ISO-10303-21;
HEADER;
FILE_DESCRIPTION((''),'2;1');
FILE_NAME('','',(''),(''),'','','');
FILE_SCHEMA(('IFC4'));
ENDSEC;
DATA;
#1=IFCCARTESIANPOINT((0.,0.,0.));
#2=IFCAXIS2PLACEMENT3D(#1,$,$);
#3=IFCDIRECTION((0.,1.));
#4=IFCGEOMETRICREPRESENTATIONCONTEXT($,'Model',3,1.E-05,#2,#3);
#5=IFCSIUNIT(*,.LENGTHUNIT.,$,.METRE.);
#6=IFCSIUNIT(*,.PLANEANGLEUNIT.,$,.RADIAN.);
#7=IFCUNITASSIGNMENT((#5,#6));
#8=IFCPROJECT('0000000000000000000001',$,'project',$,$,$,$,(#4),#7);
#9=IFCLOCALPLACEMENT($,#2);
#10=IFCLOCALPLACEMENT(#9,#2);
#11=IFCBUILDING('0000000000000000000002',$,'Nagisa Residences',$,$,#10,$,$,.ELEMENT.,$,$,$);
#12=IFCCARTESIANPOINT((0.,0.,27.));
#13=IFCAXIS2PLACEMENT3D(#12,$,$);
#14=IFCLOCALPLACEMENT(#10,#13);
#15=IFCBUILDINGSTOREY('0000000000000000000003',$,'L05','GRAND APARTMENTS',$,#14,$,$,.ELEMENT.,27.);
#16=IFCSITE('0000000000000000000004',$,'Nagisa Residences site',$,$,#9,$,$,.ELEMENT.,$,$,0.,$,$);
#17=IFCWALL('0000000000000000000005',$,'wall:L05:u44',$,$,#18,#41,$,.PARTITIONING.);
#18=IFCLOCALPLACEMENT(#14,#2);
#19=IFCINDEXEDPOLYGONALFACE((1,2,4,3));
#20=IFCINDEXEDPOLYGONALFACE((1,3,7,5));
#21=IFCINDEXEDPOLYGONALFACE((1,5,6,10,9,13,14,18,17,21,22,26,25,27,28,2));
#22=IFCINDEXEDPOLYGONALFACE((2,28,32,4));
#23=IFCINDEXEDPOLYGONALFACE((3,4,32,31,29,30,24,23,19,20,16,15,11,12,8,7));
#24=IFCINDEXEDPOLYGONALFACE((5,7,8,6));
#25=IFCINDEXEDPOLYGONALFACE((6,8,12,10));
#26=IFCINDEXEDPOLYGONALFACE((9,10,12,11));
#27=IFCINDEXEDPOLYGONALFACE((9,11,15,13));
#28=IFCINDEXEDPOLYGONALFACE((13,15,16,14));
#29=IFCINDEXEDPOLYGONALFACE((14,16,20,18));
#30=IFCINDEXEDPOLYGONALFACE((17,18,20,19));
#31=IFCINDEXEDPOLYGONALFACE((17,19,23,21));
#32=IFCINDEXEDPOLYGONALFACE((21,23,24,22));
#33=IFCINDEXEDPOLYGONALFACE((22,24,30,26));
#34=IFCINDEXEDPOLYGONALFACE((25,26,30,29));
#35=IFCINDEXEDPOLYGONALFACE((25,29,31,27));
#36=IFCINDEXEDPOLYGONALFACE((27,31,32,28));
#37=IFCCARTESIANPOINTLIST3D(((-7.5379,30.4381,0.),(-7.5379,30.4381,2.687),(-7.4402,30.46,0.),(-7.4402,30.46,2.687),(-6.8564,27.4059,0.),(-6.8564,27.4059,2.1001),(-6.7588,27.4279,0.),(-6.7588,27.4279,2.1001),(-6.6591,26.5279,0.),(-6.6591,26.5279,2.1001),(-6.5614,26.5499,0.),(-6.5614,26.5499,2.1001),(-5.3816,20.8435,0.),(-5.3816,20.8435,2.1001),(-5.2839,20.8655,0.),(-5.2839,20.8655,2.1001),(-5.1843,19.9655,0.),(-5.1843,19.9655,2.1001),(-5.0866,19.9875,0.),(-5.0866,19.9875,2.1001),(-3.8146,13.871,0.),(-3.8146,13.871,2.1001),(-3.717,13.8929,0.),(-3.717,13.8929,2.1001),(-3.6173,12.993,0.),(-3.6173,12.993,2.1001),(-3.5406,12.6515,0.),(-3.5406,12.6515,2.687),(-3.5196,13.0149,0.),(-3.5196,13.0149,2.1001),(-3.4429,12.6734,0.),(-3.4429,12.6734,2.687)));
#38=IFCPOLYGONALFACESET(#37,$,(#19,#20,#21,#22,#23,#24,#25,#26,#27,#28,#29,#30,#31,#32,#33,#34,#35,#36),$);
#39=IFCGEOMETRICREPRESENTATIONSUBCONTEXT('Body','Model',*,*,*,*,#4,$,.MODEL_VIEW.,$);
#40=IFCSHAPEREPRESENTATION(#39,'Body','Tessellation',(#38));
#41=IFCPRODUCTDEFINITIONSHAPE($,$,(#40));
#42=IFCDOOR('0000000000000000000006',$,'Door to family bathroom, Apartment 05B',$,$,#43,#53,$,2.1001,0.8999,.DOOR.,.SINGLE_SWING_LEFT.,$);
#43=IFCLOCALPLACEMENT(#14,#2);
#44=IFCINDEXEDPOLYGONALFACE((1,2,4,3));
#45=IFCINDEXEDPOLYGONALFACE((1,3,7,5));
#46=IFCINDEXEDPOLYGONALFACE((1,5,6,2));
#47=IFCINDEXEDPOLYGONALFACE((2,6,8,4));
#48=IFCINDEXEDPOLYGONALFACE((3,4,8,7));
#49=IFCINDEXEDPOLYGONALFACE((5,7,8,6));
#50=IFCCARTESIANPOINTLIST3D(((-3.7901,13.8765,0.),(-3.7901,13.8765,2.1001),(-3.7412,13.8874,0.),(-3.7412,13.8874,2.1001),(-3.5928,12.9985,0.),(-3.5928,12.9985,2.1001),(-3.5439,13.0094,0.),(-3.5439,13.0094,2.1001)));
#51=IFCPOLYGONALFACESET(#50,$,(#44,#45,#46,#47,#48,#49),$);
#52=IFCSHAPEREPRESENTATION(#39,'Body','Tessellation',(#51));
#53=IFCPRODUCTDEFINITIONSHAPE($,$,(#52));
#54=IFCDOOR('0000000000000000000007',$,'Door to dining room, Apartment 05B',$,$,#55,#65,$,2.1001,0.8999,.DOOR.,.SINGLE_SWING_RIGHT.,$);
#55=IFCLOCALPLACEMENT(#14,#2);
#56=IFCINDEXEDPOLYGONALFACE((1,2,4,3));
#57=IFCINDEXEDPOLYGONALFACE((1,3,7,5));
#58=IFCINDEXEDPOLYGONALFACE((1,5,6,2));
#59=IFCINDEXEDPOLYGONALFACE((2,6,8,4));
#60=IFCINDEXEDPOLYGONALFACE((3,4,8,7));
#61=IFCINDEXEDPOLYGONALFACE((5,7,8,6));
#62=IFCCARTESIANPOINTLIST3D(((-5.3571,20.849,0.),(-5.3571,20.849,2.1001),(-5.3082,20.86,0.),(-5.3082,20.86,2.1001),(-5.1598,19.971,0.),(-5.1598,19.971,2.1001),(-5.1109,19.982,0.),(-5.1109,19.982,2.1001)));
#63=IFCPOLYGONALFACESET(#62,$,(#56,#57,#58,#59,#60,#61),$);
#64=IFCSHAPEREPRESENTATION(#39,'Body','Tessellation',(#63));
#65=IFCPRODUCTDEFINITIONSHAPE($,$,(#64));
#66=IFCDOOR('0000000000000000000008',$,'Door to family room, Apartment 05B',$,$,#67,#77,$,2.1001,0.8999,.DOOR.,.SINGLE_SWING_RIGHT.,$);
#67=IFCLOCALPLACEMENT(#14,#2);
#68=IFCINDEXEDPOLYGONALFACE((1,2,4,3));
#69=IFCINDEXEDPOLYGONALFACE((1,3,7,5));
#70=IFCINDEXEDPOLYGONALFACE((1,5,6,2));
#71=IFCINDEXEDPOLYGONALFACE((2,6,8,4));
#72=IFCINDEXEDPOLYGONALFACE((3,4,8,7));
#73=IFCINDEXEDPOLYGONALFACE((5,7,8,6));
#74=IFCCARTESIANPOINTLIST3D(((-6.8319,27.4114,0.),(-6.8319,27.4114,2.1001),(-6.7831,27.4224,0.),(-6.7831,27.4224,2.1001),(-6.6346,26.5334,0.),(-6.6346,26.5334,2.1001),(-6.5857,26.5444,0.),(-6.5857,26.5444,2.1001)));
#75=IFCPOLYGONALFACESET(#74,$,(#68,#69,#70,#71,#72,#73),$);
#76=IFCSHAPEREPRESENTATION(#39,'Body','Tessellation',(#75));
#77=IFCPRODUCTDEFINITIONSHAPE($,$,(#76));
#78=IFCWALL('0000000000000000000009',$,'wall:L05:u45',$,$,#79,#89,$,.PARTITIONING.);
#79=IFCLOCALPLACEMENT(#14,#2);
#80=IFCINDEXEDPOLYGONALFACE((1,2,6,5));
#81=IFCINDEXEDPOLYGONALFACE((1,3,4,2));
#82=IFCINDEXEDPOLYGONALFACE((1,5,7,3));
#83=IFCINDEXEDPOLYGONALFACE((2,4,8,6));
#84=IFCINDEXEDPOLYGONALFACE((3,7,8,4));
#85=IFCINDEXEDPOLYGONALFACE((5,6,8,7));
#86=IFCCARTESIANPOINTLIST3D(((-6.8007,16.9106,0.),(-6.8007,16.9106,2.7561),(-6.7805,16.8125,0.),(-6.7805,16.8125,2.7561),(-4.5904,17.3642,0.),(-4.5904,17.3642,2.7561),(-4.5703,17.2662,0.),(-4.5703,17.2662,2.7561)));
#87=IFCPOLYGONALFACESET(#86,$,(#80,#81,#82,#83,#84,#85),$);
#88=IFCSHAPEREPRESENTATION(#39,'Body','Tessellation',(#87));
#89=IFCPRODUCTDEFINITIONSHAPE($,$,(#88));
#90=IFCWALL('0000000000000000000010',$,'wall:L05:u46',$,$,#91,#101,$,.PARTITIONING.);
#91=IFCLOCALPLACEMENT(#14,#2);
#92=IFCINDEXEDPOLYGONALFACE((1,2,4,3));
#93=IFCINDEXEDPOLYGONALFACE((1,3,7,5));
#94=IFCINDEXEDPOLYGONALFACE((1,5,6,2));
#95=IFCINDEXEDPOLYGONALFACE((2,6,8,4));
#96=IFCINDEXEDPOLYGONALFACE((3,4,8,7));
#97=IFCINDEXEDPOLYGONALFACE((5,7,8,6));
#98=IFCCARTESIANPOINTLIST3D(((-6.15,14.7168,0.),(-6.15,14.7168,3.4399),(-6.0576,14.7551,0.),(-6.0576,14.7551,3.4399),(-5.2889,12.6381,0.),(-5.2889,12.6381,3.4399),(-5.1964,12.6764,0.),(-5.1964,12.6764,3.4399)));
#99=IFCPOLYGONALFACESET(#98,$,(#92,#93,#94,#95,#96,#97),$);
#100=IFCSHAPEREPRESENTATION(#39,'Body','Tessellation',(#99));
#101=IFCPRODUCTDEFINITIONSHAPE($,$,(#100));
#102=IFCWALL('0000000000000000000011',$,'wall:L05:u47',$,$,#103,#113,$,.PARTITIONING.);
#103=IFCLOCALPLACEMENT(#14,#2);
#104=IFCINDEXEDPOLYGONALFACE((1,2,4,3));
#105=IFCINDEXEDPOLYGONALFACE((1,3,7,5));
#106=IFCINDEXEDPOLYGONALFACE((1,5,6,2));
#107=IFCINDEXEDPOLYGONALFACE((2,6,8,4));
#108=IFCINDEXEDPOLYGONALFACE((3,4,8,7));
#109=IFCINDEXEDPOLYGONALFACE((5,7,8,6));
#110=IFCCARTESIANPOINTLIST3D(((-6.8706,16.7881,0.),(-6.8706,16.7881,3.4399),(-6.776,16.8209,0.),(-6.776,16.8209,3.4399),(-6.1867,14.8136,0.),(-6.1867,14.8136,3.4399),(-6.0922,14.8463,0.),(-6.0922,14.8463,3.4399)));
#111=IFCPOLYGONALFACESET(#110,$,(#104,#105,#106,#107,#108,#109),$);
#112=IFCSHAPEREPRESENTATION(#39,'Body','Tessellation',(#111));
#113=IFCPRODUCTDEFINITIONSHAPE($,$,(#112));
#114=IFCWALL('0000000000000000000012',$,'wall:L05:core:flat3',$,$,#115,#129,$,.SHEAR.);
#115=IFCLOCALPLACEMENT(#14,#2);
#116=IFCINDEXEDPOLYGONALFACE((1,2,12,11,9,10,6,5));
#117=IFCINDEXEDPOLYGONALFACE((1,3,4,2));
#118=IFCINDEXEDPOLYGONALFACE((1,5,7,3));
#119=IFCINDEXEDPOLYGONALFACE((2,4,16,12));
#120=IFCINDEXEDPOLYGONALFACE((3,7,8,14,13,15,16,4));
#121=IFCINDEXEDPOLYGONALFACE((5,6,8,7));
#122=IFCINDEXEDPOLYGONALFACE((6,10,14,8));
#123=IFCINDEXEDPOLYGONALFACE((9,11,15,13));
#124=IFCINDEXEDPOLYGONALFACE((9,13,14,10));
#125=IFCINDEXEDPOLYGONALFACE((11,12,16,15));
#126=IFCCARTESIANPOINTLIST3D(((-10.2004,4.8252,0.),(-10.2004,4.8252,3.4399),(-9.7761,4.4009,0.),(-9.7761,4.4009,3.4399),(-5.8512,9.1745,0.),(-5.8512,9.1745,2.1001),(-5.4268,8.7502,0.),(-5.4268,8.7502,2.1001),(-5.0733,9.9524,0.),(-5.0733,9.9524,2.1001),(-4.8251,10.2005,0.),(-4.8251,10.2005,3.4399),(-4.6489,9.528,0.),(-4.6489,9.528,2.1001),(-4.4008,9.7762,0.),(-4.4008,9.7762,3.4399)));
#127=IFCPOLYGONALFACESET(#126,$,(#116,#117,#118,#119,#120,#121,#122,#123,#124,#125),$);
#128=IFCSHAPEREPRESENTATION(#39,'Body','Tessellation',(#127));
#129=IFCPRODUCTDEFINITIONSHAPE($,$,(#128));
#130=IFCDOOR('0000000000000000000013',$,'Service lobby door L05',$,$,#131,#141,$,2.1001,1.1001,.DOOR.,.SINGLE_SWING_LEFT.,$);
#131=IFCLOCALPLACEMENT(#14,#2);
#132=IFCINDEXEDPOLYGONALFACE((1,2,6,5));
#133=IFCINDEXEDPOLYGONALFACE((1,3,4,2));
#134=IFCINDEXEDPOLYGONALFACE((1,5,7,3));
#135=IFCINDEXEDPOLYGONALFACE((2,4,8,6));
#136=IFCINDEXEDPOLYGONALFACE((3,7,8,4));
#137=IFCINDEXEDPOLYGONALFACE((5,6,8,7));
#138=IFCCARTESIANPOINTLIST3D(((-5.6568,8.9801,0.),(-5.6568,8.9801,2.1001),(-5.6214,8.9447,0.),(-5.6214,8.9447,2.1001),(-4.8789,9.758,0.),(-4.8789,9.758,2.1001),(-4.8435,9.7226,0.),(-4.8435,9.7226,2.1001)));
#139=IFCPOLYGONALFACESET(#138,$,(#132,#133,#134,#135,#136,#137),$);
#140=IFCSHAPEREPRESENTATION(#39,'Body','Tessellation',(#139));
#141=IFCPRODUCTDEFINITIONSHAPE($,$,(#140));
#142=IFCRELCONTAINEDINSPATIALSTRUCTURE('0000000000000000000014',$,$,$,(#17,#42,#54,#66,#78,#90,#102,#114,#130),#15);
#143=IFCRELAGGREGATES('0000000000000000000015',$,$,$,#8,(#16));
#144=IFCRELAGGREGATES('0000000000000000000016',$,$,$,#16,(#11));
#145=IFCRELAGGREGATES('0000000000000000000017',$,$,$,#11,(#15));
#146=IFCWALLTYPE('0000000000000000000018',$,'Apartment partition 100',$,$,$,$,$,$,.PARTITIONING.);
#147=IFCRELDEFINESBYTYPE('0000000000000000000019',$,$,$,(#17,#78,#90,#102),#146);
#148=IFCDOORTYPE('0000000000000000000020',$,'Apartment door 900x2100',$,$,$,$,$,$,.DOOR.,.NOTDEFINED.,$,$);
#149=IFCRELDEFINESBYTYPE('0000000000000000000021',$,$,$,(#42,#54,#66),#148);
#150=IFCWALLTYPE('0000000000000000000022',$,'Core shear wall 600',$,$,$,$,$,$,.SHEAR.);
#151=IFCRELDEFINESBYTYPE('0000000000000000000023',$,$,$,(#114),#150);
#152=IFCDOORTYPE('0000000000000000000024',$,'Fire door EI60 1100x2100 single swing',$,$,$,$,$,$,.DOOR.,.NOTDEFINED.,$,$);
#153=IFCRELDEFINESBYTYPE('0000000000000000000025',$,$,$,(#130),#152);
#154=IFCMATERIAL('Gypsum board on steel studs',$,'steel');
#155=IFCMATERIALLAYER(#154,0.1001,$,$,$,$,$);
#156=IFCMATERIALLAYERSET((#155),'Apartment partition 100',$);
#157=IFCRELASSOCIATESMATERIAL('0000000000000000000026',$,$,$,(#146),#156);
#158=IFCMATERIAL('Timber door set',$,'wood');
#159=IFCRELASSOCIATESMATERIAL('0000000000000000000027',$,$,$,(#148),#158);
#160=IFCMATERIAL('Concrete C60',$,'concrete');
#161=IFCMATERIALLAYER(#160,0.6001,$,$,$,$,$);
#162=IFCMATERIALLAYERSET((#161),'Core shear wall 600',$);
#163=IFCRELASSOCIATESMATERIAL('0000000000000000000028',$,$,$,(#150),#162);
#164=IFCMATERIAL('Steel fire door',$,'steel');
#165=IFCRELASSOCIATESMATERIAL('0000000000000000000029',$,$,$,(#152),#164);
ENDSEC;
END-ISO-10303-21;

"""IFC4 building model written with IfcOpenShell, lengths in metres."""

from ifc_helpers import new_model, si_unit, direction, frame, frame_2d, origin, place, context, subcontext, project, spatial, rectangle, extrude, material, layer, layer_set, type_object, element, fill, save


model = new_model("IFC4")

# Units and contexts
model_context = context("Model", 3, precision=1e-05, world=origin(), true_north=direction((0.0, 1.0)))
body_context = subcontext(model_context, "Body", "Model", "MODEL_VIEW")
ifc_project = project(units=[si_unit("LENGTHUNIT", "METRE"), si_unit("PLANEANGLEUNIT", "RADIAN")], contexts=[model_context])

# Site, building, storey
site_placement = place(None, origin())
site = spatial("IfcSite", under=ifc_project, at=site_placement, Name="Nagisa Residences site", CompositionType="ELEMENT", RefElevation=0.0)
building_placement = place(site_placement, origin())
building = spatial("IfcBuilding", under=site, at=building_placement, Name="Nagisa Residences", CompositionType="ELEMENT")
storey_placement = place(building_placement, frame((0.0, 0.0, 27.0)))
storey = spatial("IfcBuildingStorey", under=building, at=storey_placement, Name="L05", Description="GRAND APARTMENTS", CompositionType="ELEMENT", Elevation=27.0)

# Shared definitions
ifc_material_1 = material(Name="Gypsum board on steel studs", Category="steel")
ifc_layer_1 = layer(ifc_material_1, 0.1001)
ifc_layer_set_1 = layer_set([ifc_layer_1], Name="Apartment partition 100")
wall_type_1 = type_object("IfcWallType", Name="Apartment partition 100", PredefinedType="PARTITIONING", material=ifc_layer_set_1)

# Shared definitions
ifc_material_2 = material(Name="Timber door set", Category="wood")
door_type_1 = type_object("IfcDoorType", Name="Apartment door 900x2100", OperationType="NOTDEFINED", PredefinedType="DOOR", material=ifc_material_2)

# Wall, openings, doors
wall_1_placement = place(storey_placement, frame((-3.4917, 12.6624, 0.0), z_axis=(0.0, 0.0, 1.0), x_axis=(-0.219268, 0.975665, 0.0)))
wall_1 = element("IfcWall", 1, at=wall_1_placement, inside=storey, type_object=wall_type_1, Name="wall:L05:u44", PredefinedType="PARTITIONING", context=body_context, shape_type="SweptSolid", body=[
    extrude(rectangle(XDim=18.2302, YDim=0.1001, at=frame_2d((9.1152, 0.0))), origin(), (0.0, 0.0, 1.0), 2.687),
])
opening_1_placement = place(wall_1_placement, frame((0.3501, 0.0, 0.0)))
opening_1 = element("IfcOpeningElement", 2, at=opening_1_placement, cuts=wall_1, PredefinedType="OPENING", context=body_context, shape_type="SweptSolid", body=[
    extrude(rectangle(XDim=0.8999, YDim=2.1001, at=frame_2d((0.45, 1.05))), frame((0.0, 0.0601, 0.0), z_axis=(0.0, -1.0, 0.0), x_axis=(1.0, 0.0, 0.0)), (0.0, 0.0, 1.0), 0.1201),
])
opening_2_placement = place(wall_1_placement, frame((7.4966, 0.0, 0.0)))
opening_2 = element("IfcOpeningElement", 3, at=opening_2_placement, cuts=wall_1, PredefinedType="OPENING", context=body_context, shape_type="SweptSolid", body=[
    extrude(rectangle(XDim=0.8999, YDim=2.1001, at=frame_2d((0.45, 1.05))), frame((0.0, 0.0601, 0.0), z_axis=(0.0, -1.0, 0.0), x_axis=(1.0, 0.0, 0.0)), (0.0, 0.0, 1.0), 0.1201),
])
opening_3_placement = place(wall_1_placement, frame((14.2227, 0.0, 0.0)))
opening_3 = element("IfcOpeningElement", 4, at=opening_3_placement, cuts=wall_1, PredefinedType="OPENING", context=body_context, shape_type="SweptSolid", body=[
    extrude(rectangle(XDim=0.8999, YDim=2.1001, at=frame_2d((0.45, 1.05))), frame((0.0, 0.0601, 0.0), z_axis=(0.0, -1.0, 0.0), x_axis=(1.0, 0.0, 0.0)), (0.0, 0.0, 1.0), 0.1201),
])
door_1_placement = place(opening_1_placement, origin())
door_1 = element("IfcDoor", 5, at=door_1_placement, inside=storey, type_object=door_type_1, Name="Door to family bathroom, Apartment 05B", OperationType="SINGLE_SWING_LEFT", OverallHeight=2.1001, OverallWidth=0.8999, PredefinedType="DOOR", context=body_context, shape_type="SweptSolid", body=[
    extrude(rectangle(XDim=0.8999, YDim=2.1001, at=frame_2d((0.45, 1.05))), frame((0.0, 0.0249, 0.0), z_axis=(0.0, -1.0, 0.0), x_axis=(1.0, 0.0, 0.0)), (0.0, 0.0, 1.0), 0.05),
])
fill(opening_1, door_1)
door_2_placement = place(opening_2_placement, origin())
door_2 = element("IfcDoor", 6, at=door_2_placement, inside=storey, type_object=door_type_1, Name="Door to dining room, Apartment 05B", OperationType="SINGLE_SWING_RIGHT", OverallHeight=2.1001, OverallWidth=0.8999, PredefinedType="DOOR", context=body_context, shape_type="SweptSolid", body=[
    extrude(rectangle(XDim=0.8999, YDim=2.1001, at=frame_2d((0.45, 1.05))), frame((0.0, 0.0249, 0.0), z_axis=(0.0, -1.0, 0.0), x_axis=(1.0, 0.0, 0.0)), (0.0, 0.0, 1.0), 0.05),
])
fill(opening_2, door_2)
door_3_placement = place(opening_3_placement, origin())
door_3 = element("IfcDoor", 7, at=door_3_placement, inside=storey, type_object=door_type_1, Name="Door to family room, Apartment 05B", OperationType="SINGLE_SWING_RIGHT", OverallHeight=2.1001, OverallWidth=0.8999, PredefinedType="DOOR", context=body_context, shape_type="SweptSolid", body=[
    extrude(rectangle(XDim=0.8999, YDim=2.1001, at=frame_2d((0.45, 1.05))), frame((0.0, 0.0249, 0.0), z_axis=(0.0, -1.0, 0.0), x_axis=(1.0, 0.0, 0.0)), (0.0, 0.0, 1.0), 0.05),
])
fill(opening_3, door_3)

# Walls
wall_2_placement = place(storey_placement, frame((-4.5803, 17.3152, 0.0), z_axis=(0.0, 0.0, 1.0), x_axis=(-0.979582, -0.201045, 0.0)))
element("IfcWall", 8, at=wall_2_placement, inside=storey, type_object=wall_type_1, Name="wall:L05:u45", PredefinedType="PARTITIONING", context=body_context, shape_type="SweptSolid", body=[
    extrude(rectangle(XDim=2.2563, YDim=0.1001, at=frame_2d((1.1282, 0.0))), origin(), (0.0, 0.0, 1.0), 2.7561),
])
wall_3_placement = place(storey_placement, frame((-5.2427, 12.6572, 0.0), z_axis=(0.0, 0.0, 1.0), x_axis=(-0.382719, 0.923865, 0.0)))
element("IfcWall", 9, at=wall_3_placement, inside=storey, type_object=wall_type_1, Name="wall:L05:u46", PredefinedType="PARTITIONING", context=body_context, shape_type="SweptSolid", body=[
    extrude(rectangle(XDim=2.25, YDim=0.1001, at=frame_2d((1.125, 0.0))), origin(), (0.0, 0.0, 1.0), 3.4399),
])
wall_4_placement = place(storey_placement, frame((-6.1394, 14.8298, 0.0), z_axis=(0.0, 0.0, 1.0), x_axis=(-0.327247, 0.944939, 0.0)))
element("IfcWall", 10, at=wall_4_placement, inside=storey, type_object=wall_type_1, Name="wall:L05:u47", PredefinedType="PARTITIONING", context=body_context, shape_type="SweptSolid", body=[
    extrude(rectangle(XDim=2.0896, YDim=0.1001, at=frame_2d((1.0449, 0.0))), origin(), (0.0, 0.0, 1.0), 3.4399),
])

# Wall, opening, door
ifc_material_3 = material(Name="Concrete C60", Category="concrete")
ifc_layer_2 = layer(ifc_material_3, 0.6001)
ifc_layer_set_2 = layer_set([ifc_layer_2], Name="Core shear wall 600")
wall_type_2 = type_object("IfcWallType", Name="Core shear wall 600", PredefinedType="SHEAR", material=ifc_layer_set_2)
wall_5_placement = place(storey_placement, frame((-4.613, 9.9883, 0.0), z_axis=(0.0, 0.0, 1.0), x_axis=(-0.707107, -0.707107, 0.0)))
wall_5 = element("IfcWall", 11, at=wall_5_placement, inside=storey, type_object=wall_type_2, Name="wall:L05:core:flat3", PredefinedType="SHEAR", context=body_context, shape_type="SweptSolid", body=[
    extrude(rectangle(XDim=7.6018, YDim=0.6001, at=frame_2d((3.8008, 0.0))), origin(), (0.0, 0.0, 1.0), 3.4399),
])
opening_4_placement = place(wall_5_placement, frame((0.3508, 0.0, 0.0)))
opening_4 = element("IfcOpeningElement", 12, at=opening_4_placement, cuts=wall_5, PredefinedType="OPENING", context=body_context, shape_type="SweptSolid", body=[
    extrude(rectangle(XDim=1.1001, YDim=2.1001, at=frame_2d((0.55, 1.05))), frame((0.0, 0.3101, 0.0), z_axis=(0.0, -1.0, 0.0), x_axis=(1.0, 0.0, 0.0)), (0.0, 0.0, 1.0), 0.6201),
])
ifc_material_4 = material(Name="Steel fire door", Category="steel")
door_type_2 = type_object("IfcDoorType", Name="Fire door EI60 1100x2100 single swing", OperationType="NOTDEFINED", PredefinedType="DOOR", material=ifc_material_4)
door_4_placement = place(opening_4_placement, origin())
door_4 = element("IfcDoor", 13, at=door_4_placement, inside=storey, type_object=door_type_2, Name="Service lobby door L05", OperationType="SINGLE_SWING_LEFT", OverallHeight=2.1001, OverallWidth=1.1001, PredefinedType="DOOR", context=body_context, shape_type="SweptSolid", body=[
    extrude(rectangle(XDim=1.1001, YDim=2.1001, at=frame_2d((0.55, 1.05))), frame((0.0, 0.0249, 0.0), z_axis=(0.0, -1.0, 0.0), x_axis=(1.0, 0.0, 0.0)), (0.0, 0.0, 1.0), 0.05),
])
fill(opening_4, door_4)

save(model, "model.ifc")
